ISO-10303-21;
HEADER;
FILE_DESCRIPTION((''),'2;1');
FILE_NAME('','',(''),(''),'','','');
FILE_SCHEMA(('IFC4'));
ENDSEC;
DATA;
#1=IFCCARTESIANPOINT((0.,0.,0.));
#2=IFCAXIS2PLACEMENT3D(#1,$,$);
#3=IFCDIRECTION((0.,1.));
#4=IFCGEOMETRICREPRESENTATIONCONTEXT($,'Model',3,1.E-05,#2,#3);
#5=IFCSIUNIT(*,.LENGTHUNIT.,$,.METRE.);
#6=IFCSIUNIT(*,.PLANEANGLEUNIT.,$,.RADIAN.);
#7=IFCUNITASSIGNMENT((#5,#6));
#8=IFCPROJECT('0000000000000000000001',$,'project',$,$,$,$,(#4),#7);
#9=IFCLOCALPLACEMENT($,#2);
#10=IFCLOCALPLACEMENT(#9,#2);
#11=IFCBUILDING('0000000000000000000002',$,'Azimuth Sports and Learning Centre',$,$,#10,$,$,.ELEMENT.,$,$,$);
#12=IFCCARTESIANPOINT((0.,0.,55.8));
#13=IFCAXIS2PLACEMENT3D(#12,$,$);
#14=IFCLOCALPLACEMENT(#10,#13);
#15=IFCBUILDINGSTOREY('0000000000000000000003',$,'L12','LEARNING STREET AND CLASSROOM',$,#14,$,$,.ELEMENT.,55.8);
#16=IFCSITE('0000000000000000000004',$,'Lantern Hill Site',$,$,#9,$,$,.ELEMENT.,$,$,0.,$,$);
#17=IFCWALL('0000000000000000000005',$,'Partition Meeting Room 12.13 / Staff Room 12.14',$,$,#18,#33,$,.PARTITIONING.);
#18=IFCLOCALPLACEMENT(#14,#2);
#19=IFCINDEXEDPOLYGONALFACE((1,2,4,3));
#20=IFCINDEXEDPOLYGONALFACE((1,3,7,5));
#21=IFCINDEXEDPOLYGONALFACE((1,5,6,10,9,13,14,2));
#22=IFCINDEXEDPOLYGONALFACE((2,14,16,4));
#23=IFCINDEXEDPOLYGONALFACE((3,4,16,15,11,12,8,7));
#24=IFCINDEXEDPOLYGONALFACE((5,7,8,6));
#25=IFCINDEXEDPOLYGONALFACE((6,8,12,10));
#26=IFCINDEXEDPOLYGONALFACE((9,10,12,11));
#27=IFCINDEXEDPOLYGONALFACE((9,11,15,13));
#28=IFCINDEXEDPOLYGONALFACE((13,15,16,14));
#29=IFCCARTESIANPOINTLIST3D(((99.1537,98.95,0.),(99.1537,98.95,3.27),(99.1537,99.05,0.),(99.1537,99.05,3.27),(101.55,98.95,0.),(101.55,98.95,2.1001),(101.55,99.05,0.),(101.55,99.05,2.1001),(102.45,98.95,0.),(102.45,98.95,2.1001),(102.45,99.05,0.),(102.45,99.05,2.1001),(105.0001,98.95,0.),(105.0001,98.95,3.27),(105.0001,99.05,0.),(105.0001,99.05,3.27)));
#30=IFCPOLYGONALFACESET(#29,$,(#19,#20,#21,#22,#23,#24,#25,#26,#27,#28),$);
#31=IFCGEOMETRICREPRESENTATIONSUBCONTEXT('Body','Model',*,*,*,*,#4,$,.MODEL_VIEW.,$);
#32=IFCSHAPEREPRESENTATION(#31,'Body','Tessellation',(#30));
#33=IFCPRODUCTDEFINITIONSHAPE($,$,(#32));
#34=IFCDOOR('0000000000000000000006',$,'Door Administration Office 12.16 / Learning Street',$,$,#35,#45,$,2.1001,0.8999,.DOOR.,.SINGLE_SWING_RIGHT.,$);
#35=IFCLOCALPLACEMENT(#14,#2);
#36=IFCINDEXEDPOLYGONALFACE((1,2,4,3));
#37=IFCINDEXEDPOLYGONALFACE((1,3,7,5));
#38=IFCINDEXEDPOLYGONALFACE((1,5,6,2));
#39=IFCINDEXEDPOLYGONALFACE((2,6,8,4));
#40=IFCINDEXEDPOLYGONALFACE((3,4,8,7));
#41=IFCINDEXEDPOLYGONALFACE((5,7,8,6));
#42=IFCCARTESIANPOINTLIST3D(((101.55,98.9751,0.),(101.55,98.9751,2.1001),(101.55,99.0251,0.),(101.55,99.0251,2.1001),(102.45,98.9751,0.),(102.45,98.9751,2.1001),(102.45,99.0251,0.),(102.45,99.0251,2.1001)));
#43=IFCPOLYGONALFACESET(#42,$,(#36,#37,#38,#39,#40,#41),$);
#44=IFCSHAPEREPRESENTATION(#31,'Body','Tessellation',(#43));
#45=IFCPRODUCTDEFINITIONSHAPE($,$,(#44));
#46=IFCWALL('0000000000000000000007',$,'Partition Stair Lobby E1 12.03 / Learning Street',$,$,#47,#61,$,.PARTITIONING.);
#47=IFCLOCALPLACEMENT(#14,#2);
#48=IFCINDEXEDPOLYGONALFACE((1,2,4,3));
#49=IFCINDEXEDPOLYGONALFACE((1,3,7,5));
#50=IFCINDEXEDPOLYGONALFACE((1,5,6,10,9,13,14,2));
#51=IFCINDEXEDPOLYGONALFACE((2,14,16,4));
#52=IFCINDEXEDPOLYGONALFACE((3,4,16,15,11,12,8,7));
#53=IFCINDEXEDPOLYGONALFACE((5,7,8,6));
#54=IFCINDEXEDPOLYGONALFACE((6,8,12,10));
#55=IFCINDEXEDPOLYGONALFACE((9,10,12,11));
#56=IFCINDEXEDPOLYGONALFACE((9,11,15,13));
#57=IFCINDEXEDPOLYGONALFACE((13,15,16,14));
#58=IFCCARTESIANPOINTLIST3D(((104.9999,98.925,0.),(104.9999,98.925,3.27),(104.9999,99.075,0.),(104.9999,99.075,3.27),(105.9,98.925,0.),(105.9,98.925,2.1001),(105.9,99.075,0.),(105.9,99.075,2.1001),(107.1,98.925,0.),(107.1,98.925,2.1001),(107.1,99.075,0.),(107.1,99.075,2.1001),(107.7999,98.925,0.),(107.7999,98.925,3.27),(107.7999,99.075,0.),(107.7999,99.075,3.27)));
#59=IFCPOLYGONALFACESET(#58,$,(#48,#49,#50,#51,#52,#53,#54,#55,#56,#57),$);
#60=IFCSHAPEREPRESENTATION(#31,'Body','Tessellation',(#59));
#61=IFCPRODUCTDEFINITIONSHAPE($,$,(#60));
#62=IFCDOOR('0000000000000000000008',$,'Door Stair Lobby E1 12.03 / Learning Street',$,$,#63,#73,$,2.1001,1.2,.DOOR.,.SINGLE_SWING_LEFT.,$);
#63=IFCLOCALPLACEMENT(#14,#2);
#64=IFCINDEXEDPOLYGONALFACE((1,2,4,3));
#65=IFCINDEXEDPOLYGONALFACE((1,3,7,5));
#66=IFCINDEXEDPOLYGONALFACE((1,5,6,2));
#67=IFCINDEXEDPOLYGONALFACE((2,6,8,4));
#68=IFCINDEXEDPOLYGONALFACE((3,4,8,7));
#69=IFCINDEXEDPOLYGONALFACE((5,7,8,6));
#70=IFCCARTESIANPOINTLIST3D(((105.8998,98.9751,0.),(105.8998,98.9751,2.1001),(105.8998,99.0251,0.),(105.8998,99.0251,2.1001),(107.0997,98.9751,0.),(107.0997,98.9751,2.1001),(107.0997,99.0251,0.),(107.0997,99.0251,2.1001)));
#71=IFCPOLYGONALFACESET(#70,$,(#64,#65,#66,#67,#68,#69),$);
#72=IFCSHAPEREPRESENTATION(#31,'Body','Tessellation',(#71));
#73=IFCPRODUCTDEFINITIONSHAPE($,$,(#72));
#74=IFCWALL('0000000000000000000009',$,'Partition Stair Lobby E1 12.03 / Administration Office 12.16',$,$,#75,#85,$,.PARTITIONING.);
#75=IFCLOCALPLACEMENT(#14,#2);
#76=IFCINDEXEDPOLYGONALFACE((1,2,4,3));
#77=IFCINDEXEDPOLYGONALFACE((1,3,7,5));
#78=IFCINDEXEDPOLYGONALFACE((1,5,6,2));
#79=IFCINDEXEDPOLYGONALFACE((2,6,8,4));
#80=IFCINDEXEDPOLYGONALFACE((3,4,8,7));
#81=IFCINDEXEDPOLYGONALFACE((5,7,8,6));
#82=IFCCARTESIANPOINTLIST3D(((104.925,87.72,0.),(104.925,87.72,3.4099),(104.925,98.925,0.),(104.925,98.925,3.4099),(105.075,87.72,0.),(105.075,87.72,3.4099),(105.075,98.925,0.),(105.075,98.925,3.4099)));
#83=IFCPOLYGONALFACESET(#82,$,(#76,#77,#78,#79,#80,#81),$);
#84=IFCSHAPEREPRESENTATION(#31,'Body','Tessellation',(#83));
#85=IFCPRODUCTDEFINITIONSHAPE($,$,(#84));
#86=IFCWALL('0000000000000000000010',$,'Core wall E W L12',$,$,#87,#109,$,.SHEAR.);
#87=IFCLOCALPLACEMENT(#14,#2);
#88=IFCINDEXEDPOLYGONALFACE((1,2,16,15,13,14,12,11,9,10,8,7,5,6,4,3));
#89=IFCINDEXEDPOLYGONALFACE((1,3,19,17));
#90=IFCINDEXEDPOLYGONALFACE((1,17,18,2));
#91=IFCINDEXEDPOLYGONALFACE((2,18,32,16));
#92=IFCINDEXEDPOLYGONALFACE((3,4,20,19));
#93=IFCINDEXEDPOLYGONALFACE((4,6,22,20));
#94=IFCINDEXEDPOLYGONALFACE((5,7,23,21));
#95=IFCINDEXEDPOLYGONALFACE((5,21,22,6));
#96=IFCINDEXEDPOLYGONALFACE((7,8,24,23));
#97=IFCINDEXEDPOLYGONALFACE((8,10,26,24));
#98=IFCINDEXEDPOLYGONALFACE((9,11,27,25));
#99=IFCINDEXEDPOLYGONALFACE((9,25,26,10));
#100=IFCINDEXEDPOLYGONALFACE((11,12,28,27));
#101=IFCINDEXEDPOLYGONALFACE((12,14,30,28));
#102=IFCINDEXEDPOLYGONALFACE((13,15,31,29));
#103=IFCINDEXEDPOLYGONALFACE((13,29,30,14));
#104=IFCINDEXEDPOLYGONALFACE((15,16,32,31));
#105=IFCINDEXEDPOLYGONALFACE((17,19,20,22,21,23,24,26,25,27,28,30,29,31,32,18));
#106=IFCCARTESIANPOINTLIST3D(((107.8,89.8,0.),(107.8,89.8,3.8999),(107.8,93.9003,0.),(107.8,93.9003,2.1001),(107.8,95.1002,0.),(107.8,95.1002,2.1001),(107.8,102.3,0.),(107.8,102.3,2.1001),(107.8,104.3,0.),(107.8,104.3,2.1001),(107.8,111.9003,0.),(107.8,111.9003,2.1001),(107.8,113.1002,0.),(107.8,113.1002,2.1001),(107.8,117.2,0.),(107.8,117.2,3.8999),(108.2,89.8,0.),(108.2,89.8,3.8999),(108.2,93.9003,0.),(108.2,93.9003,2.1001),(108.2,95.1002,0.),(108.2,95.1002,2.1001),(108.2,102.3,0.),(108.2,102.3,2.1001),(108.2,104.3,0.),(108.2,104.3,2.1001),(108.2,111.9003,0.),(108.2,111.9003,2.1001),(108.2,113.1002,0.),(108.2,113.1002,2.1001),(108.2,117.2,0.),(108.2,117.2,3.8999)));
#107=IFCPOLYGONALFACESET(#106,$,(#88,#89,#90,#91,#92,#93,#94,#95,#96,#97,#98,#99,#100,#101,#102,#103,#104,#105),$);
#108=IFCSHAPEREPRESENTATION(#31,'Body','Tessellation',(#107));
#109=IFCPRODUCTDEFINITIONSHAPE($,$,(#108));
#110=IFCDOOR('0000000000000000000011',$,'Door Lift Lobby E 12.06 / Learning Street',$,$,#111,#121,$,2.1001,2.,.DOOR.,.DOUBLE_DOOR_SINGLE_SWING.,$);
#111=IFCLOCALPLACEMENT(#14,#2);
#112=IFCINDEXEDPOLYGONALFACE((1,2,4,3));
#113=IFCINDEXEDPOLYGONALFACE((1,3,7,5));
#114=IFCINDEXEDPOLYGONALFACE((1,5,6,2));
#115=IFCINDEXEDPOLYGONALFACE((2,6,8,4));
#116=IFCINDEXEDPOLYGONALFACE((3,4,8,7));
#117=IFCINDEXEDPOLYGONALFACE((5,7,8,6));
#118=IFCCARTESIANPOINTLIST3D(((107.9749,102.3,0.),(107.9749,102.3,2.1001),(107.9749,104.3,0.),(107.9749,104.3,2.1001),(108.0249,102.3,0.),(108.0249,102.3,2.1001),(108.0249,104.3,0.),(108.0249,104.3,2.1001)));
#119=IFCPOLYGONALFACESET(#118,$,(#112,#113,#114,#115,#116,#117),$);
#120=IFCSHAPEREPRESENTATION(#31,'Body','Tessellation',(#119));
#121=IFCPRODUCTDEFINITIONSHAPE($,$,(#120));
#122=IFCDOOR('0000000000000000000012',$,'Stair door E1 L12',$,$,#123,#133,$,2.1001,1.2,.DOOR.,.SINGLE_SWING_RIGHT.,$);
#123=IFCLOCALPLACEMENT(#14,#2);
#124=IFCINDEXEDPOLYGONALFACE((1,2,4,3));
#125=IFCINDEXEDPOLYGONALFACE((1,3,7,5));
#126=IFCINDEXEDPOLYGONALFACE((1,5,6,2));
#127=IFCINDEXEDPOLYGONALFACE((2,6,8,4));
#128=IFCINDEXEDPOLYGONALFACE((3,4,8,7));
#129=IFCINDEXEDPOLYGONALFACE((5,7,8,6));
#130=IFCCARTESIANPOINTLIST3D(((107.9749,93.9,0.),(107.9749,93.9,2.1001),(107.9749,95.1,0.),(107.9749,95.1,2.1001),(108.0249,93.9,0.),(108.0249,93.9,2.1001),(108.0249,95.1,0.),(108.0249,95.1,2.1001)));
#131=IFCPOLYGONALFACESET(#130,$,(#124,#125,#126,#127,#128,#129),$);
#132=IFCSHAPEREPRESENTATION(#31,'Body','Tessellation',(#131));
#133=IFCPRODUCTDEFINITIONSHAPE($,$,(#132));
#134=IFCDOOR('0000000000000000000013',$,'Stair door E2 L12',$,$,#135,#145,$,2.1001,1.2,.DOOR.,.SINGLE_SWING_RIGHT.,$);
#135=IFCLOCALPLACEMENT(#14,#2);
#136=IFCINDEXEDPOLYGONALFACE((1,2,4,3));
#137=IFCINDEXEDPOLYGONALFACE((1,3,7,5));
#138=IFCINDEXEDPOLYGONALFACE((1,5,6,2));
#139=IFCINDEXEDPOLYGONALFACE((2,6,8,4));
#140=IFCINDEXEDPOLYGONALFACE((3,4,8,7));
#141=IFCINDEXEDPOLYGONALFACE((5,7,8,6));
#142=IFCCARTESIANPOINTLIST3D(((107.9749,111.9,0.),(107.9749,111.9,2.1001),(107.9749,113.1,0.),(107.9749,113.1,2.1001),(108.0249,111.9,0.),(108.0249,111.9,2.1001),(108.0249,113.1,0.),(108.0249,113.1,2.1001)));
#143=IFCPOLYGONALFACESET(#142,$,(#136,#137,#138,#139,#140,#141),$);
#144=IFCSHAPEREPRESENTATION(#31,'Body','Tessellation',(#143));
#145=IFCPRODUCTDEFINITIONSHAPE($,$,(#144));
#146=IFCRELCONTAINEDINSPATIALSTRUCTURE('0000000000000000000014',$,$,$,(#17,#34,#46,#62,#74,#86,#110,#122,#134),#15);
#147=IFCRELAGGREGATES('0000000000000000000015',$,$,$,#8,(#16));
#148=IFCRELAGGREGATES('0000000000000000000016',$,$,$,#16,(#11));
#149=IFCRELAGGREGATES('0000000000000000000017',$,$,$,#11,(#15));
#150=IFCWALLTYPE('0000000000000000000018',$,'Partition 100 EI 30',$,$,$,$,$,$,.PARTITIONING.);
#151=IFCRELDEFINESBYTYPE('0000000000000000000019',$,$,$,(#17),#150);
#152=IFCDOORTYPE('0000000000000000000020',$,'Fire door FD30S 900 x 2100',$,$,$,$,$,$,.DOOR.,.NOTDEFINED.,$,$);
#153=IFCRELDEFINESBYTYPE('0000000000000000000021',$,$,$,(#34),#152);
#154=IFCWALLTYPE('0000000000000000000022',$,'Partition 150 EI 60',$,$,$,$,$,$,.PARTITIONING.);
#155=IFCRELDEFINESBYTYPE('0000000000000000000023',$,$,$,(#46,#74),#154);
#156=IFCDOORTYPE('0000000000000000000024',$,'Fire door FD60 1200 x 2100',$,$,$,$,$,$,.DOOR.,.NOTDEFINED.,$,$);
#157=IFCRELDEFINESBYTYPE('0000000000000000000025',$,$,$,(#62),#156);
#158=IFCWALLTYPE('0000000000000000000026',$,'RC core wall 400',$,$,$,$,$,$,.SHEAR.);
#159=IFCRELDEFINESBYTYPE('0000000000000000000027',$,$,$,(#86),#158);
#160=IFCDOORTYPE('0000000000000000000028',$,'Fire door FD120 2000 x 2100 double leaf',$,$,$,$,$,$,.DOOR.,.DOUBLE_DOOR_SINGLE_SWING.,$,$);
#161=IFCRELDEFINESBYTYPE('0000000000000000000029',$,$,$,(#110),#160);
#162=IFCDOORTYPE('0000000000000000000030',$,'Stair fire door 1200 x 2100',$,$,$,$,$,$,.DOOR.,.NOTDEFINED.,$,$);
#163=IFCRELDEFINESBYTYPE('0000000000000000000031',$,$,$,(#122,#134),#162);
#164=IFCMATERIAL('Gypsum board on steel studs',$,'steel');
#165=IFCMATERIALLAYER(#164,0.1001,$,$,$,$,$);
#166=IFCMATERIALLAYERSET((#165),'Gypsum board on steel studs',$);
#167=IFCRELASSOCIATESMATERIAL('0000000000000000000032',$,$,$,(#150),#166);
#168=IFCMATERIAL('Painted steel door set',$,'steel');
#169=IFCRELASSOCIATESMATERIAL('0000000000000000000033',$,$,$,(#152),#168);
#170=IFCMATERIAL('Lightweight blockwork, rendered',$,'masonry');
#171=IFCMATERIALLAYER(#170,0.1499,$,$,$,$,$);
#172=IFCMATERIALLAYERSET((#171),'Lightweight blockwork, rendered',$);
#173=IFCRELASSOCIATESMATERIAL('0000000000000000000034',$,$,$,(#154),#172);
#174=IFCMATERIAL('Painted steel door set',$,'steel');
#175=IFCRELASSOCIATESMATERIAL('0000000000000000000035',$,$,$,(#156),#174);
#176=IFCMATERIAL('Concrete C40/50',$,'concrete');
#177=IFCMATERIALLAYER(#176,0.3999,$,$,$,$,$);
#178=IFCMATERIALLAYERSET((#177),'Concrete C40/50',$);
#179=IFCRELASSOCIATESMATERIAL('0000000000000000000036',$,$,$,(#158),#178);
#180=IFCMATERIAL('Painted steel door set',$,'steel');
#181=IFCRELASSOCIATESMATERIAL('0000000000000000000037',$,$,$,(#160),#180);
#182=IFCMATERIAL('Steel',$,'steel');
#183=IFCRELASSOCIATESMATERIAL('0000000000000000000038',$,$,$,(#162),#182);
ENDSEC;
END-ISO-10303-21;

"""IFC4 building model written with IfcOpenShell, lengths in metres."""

from ifc_helpers import new_model, si_unit, direction, frame, frame_2d, origin, place, context, subcontext, project, spatial, rectangle, extrude, material, layer, layer_set, type_object, element, fill, save


model = new_model("IFC4")

# Units and contexts
model_context = context("Model", 3, precision=1e-05, world=origin(), true_north=direction((0.0, 1.0)))
body_context = subcontext(model_context, "Body", "Model", "MODEL_VIEW")
ifc_project = project(units=[si_unit("LENGTHUNIT", "METRE"), si_unit("PLANEANGLEUNIT", "RADIAN")], contexts=[model_context])

# Site, building, storey
site_placement = place(None, origin())
site = spatial("IfcSite", under=ifc_project, at=site_placement, Name="Lantern Hill Site", CompositionType="ELEMENT", RefElevation=0.0)
building_placement = place(site_placement, origin())
building = spatial("IfcBuilding", under=site, at=building_placement, Name="Azimuth Sports and Learning Centre", CompositionType="ELEMENT")
storey_placement = place(building_placement, frame((0.0, 0.0, 55.8)))
storey = spatial("IfcBuildingStorey", under=building, at=storey_placement, Name="L12", Description="LEARNING STREET AND CLASSROOM", CompositionType="ELEMENT", Elevation=55.8)

# Walls, openings, doors
ifc_material_1 = material(Name="Gypsum board on steel studs", Category="steel")
ifc_layer_1 = layer(ifc_material_1, 0.1001)
ifc_layer_set_1 = layer_set([ifc_layer_1], Name="Gypsum board on steel studs")
wall_type_1 = type_object("IfcWallType", Name="Partition 100 EI 30", PredefinedType="PARTITIONING", material=ifc_layer_set_1)
wall_1_placement = place(storey_placement, frame((99.1536, 99.0, 0.0), z_axis=(0.0, 0.0, 1.0), x_axis=(1.0, 0.0, 0.0)))
wall_1 = element("IfcWall", 1, at=wall_1_placement, inside=storey, type_object=wall_type_1, Name="Partition Meeting Room 12.13 / Staff Room 12.14", PredefinedType="PARTITIONING", context=body_context, shape_type="SweptSolid", body=[
    extrude(rectangle(XDim=5.8464, YDim=0.1001, at=frame_2d((2.9233, 0.0))), origin(), (0.0, 0.0, 1.0), 3.27),
])
opening_1_placement = place(wall_1_placement, frame((2.3965, 0.0, 0.0)))
opening_1 = element("IfcOpeningElement", 2, at=opening_1_placement, cuts=wall_1, PredefinedType="OPENING", context=body_context, shape_type="SweptSolid", body=[
    extrude(rectangle(XDim=0.8999, YDim=2.1001, at=frame_2d((0.45, 1.05))), frame((0.0, 0.061, 0.0), z_axis=(0.0, -1.0, 0.0), x_axis=(1.0, 0.0, 0.0)), (0.0, 0.0, 1.0), 0.1221),
])
ifc_material_2 = material(Name="Painted steel door set", Category="steel")
door_type_1 = type_object("IfcDoorType", Name="Fire door FD30S 900 x 2100", OperationType="NOTDEFINED", PredefinedType="DOOR", material=ifc_material_2)
door_1_placement = place(opening_1_placement, frame((0.8999, 0.0, 0.0), z_axis=(0.0, 0.0, 1.0), x_axis=(-1.0, 0.0, 0.0)))
door_1 = element("IfcDoor", 3, at=door_1_placement, inside=storey, type_object=door_type_1, Name="Door Administration Office 12.16 / Learning Street", OperationType="SINGLE_SWING_RIGHT", OverallHeight=2.1001, OverallWidth=0.8999, PredefinedType="DOOR", context=body_context, shape_type="SweptSolid", body=[
    extrude(rectangle(XDim=0.8999, YDim=2.1001, at=frame_2d((0.45, 1.05))), frame((0.0, 0.0249, 0.0), z_axis=(0.0, -1.0, 0.0), x_axis=(1.0, 0.0, 0.0)), (0.0, 0.0, 1.0), 0.05),
])
fill(opening_1, door_1)
ifc_material_3 = material(Name="Lightweight blockwork, rendered", Category="masonry")
ifc_layer_2 = layer(ifc_material_3, 0.1499)
ifc_layer_set_2 = layer_set([ifc_layer_2], Name="Lightweight blockwork, rendered")
wall_type_2 = type_object("IfcWallType", Name="Partition 150 EI 60", PredefinedType="PARTITIONING", material=ifc_layer_set_2)
wall_2_placement = place(storey_placement, frame((105.0, 99.0, 0.0), z_axis=(0.0, 0.0, 1.0), x_axis=(1.0, 0.0, 0.0)))
wall_2 = element("IfcWall", 4, at=wall_2_placement, inside=storey, type_object=wall_type_2, Name="Partition Stair Lobby E1 12.03 / Learning Street", PredefinedType="PARTITIONING", context=body_context, shape_type="SweptSolid", body=[
    extrude(rectangle(XDim=2.8, YDim=0.1499, at=frame_2d((1.3999, 0.0))), origin(), (0.0, 0.0, 1.0), 3.27),
])
opening_2_placement = place(wall_2_placement, frame((0.8999, 0.0, 0.0)))
opening_2 = element("IfcOpeningElement", 5, at=opening_2_placement, cuts=wall_2, PredefinedType="OPENING", context=body_context, shape_type="SweptSolid", body=[
    extrude(rectangle(XDim=1.2, YDim=2.1001, at=frame_2d((0.6001, 1.05))), frame((0.0, 0.0859, 0.0), z_axis=(0.0, -1.0, 0.0), x_axis=(1.0, 0.0, 0.0)), (0.0, 0.0, 1.0), 0.1719),
])
ifc_material_4 = material(Name="Painted steel door set", Category="steel")
door_type_2 = type_object("IfcDoorType", Name="Fire door FD60 1200 x 2100", OperationType="NOTDEFINED", PredefinedType="DOOR", material=ifc_material_4)
door_2_placement = place(opening_2_placement, frame((1.2, 0.0, 0.0), z_axis=(0.0, 0.0, 1.0), x_axis=(-1.0, 0.0, 0.0)))
door_2 = element("IfcDoor", 6, at=door_2_placement, inside=storey, type_object=door_type_2, Name="Door Stair Lobby E1 12.03 / Learning Street", OperationType="SINGLE_SWING_LEFT", OverallHeight=2.1001, OverallWidth=1.2, PredefinedType="DOOR", context=body_context, shape_type="SweptSolid", body=[
    extrude(rectangle(XDim=1.2, YDim=2.1001, at=frame_2d((0.6001, 1.05))), frame((0.0, 0.0249, 0.0), z_axis=(0.0, -1.0, 0.0), x_axis=(1.0, 0.0, 0.0)), (0.0, 0.0, 1.0), 0.05),
])
fill(opening_2, door_2)

# Wall
wall_3_placement = place(storey_placement, frame((105.0, 87.72, 0.0), z_axis=(0.0, 0.0, 1.0), x_axis=(0.0, 1.0, 0.0)))
element("IfcWall", 7, at=wall_3_placement, inside=storey, type_object=wall_type_2, Name="Partition Stair Lobby E1 12.03 / Administration Office 12.16", PredefinedType="PARTITIONING", context=body_context, shape_type="SweptSolid", body=[
    extrude(rectangle(XDim=11.2051, YDim=0.1499, at=frame_2d((5.6025, 0.0))), origin(), (0.0, 0.0, 1.0), 3.4099),
])

# Wall, openings, doors
ifc_material_5 = material(Name="Concrete C40/50", Category="concrete")
ifc_layer_3 = layer(ifc_material_5, 0.3999)
ifc_layer_set_3 = layer_set([ifc_layer_3], Name="Concrete C40/50")
wall_type_3 = type_object("IfcWallType", Name="RC core wall 400", PredefinedType="SHEAR", material=ifc_layer_set_3)
wall_4_placement = place(storey_placement, frame((108.0, 89.8, 0.0), z_axis=(0.0, 0.0, 1.0), x_axis=(0.0, 1.0, 0.0)))
wall_4 = element("IfcWall", 8, at=wall_4_placement, inside=storey, type_object=wall_type_3, Name="Core wall E W L12", PredefinedType="SHEAR", context=body_context, shape_type="SweptSolid", body=[
    extrude(rectangle(XDim=27.3999, YDim=0.3999, at=frame_2d((13.7, 0.0))), origin(), (0.0, 0.0, 1.0), 3.8999),
])
opening_3_placement = place(wall_4_placement, frame((4.1001, 0.0, 0.0)))
opening_3 = element("IfcOpeningElement", 9, at=opening_3_placement, cuts=wall_4, PredefinedType="OPENING", context=body_context, shape_type="SweptSolid", body=[
    extrude(rectangle(XDim=1.2, YDim=2.1001, at=frame_2d((0.6001, 1.05))), frame((0.0, 0.2109, 0.0), z_axis=(0.0, -1.0, 0.0), x_axis=(1.0, 0.0, 0.0)), (0.0, 0.0, 1.0), 0.4219),
])
opening_4_placement = place(wall_4_placement, frame((22.1001, 0.0, 0.0)))
opening_4 = element("IfcOpeningElement", 10, at=opening_4_placement, cuts=wall_4, PredefinedType="OPENING", context=body_context, shape_type="SweptSolid", body=[
    extrude(rectangle(XDim=1.2, YDim=2.1001, at=frame_2d((0.6001, 1.05))), frame((0.0, 0.2109, 0.0), z_axis=(0.0, -1.0, 0.0), x_axis=(1.0, 0.0, 0.0)), (0.0, 0.0, 1.0), 0.4219),
])
opening_5_placement = place(wall_4_placement, frame((12.5, 0.0, 0.0)))
opening_5 = element("IfcOpeningElement", 11, at=opening_5_placement, cuts=wall_4, PredefinedType="OPENING", context=body_context, shape_type="SweptSolid", body=[
    extrude(rectangle(XDim=2.0, YDim=2.1001, at=frame_2d((1.0, 1.05))), frame((0.0, 0.2109, 0.0), z_axis=(0.0, -1.0, 0.0), x_axis=(1.0, 0.0, 0.0)), (0.0, 0.0, 1.0), 0.4219),
])
ifc_material_6 = material(Name="Painted steel door set", Category="steel")
door_type_3 = type_object("IfcDoorType", Name="Fire door FD120 2000 x 2100 double leaf", OperationType="DOUBLE_DOOR_SINGLE_SWING", PredefinedType="DOOR", material=ifc_material_6)
door_3_placement = place(opening_5_placement, frame((2.0, 0.0, 0.0), z_axis=(0.0, 0.0, 1.0), x_axis=(-1.0, 0.0, 0.0)))
door_3 = element("IfcDoor", 12, at=door_3_placement, inside=storey, type_object=door_type_3, Name="Door Lift Lobby E 12.06 / Learning Street", OperationType="DOUBLE_DOOR_SINGLE_SWING", OverallHeight=2.1001, OverallWidth=2.0, PredefinedType="DOOR", context=body_context, shape_type="SweptSolid", body=[
    extrude(rectangle(XDim=2.0, YDim=2.1001, at=frame_2d((1.0, 1.05))), frame((0.0, 0.0249, 0.0), z_axis=(0.0, -1.0, 0.0), x_axis=(1.0, 0.0, 0.0)), (0.0, 0.0, 1.0), 0.05),
])
fill(opening_5, door_3)
ifc_material_7 = material(Name="Steel", Category="steel")
door_type_4 = type_object("IfcDoorType", Name="Stair fire door 1200 x 2100", OperationType="NOTDEFINED", PredefinedType="DOOR", material=ifc_material_7)
door_4_placement = place(opening_3_placement, frame((1.2, 0.0, 0.0), z_axis=(0.0, 0.0, 1.0), x_axis=(-1.0, 0.0, 0.0)))
door_4 = element("IfcDoor", 13, at=door_4_placement, inside=storey, type_object=door_type_4, Name="Stair door E1 L12", OperationType="SINGLE_SWING_RIGHT", OverallHeight=2.1001, OverallWidth=1.2, PredefinedType="DOOR", context=body_context, shape_type="SweptSolid", body=[
    extrude(rectangle(XDim=1.2, YDim=2.1001, at=frame_2d((0.6001, 1.05))), frame((0.0, 0.0249, 0.0), z_axis=(0.0, -1.0, 0.0), x_axis=(1.0, 0.0, 0.0)), (0.0, 0.0, 1.0), 0.05),
])
fill(opening_3, door_4)
door_5_placement = place(opening_4_placement, frame((1.2, 0.0, 0.0), z_axis=(0.0, 0.0, 1.0), x_axis=(-1.0, 0.0, 0.0)))
door_5 = element("IfcDoor", 14, at=door_5_placement, inside=storey, type_object=door_type_4, Name="Stair door E2 L12", OperationType="SINGLE_SWING_RIGHT", OverallHeight=2.1001, OverallWidth=1.2, PredefinedType="DOOR", context=body_context, shape_type="SweptSolid", body=[
    extrude(rectangle(XDim=1.2, YDim=2.1001, at=frame_2d((0.6001, 1.05))), frame((0.0, 0.0249, 0.0), z_axis=(0.0, -1.0, 0.0), x_axis=(1.0, 0.0, 0.0)), (0.0, 0.0, 1.0), 0.05),
])
fill(opening_4, door_5)

save(model, "model.ifc")
